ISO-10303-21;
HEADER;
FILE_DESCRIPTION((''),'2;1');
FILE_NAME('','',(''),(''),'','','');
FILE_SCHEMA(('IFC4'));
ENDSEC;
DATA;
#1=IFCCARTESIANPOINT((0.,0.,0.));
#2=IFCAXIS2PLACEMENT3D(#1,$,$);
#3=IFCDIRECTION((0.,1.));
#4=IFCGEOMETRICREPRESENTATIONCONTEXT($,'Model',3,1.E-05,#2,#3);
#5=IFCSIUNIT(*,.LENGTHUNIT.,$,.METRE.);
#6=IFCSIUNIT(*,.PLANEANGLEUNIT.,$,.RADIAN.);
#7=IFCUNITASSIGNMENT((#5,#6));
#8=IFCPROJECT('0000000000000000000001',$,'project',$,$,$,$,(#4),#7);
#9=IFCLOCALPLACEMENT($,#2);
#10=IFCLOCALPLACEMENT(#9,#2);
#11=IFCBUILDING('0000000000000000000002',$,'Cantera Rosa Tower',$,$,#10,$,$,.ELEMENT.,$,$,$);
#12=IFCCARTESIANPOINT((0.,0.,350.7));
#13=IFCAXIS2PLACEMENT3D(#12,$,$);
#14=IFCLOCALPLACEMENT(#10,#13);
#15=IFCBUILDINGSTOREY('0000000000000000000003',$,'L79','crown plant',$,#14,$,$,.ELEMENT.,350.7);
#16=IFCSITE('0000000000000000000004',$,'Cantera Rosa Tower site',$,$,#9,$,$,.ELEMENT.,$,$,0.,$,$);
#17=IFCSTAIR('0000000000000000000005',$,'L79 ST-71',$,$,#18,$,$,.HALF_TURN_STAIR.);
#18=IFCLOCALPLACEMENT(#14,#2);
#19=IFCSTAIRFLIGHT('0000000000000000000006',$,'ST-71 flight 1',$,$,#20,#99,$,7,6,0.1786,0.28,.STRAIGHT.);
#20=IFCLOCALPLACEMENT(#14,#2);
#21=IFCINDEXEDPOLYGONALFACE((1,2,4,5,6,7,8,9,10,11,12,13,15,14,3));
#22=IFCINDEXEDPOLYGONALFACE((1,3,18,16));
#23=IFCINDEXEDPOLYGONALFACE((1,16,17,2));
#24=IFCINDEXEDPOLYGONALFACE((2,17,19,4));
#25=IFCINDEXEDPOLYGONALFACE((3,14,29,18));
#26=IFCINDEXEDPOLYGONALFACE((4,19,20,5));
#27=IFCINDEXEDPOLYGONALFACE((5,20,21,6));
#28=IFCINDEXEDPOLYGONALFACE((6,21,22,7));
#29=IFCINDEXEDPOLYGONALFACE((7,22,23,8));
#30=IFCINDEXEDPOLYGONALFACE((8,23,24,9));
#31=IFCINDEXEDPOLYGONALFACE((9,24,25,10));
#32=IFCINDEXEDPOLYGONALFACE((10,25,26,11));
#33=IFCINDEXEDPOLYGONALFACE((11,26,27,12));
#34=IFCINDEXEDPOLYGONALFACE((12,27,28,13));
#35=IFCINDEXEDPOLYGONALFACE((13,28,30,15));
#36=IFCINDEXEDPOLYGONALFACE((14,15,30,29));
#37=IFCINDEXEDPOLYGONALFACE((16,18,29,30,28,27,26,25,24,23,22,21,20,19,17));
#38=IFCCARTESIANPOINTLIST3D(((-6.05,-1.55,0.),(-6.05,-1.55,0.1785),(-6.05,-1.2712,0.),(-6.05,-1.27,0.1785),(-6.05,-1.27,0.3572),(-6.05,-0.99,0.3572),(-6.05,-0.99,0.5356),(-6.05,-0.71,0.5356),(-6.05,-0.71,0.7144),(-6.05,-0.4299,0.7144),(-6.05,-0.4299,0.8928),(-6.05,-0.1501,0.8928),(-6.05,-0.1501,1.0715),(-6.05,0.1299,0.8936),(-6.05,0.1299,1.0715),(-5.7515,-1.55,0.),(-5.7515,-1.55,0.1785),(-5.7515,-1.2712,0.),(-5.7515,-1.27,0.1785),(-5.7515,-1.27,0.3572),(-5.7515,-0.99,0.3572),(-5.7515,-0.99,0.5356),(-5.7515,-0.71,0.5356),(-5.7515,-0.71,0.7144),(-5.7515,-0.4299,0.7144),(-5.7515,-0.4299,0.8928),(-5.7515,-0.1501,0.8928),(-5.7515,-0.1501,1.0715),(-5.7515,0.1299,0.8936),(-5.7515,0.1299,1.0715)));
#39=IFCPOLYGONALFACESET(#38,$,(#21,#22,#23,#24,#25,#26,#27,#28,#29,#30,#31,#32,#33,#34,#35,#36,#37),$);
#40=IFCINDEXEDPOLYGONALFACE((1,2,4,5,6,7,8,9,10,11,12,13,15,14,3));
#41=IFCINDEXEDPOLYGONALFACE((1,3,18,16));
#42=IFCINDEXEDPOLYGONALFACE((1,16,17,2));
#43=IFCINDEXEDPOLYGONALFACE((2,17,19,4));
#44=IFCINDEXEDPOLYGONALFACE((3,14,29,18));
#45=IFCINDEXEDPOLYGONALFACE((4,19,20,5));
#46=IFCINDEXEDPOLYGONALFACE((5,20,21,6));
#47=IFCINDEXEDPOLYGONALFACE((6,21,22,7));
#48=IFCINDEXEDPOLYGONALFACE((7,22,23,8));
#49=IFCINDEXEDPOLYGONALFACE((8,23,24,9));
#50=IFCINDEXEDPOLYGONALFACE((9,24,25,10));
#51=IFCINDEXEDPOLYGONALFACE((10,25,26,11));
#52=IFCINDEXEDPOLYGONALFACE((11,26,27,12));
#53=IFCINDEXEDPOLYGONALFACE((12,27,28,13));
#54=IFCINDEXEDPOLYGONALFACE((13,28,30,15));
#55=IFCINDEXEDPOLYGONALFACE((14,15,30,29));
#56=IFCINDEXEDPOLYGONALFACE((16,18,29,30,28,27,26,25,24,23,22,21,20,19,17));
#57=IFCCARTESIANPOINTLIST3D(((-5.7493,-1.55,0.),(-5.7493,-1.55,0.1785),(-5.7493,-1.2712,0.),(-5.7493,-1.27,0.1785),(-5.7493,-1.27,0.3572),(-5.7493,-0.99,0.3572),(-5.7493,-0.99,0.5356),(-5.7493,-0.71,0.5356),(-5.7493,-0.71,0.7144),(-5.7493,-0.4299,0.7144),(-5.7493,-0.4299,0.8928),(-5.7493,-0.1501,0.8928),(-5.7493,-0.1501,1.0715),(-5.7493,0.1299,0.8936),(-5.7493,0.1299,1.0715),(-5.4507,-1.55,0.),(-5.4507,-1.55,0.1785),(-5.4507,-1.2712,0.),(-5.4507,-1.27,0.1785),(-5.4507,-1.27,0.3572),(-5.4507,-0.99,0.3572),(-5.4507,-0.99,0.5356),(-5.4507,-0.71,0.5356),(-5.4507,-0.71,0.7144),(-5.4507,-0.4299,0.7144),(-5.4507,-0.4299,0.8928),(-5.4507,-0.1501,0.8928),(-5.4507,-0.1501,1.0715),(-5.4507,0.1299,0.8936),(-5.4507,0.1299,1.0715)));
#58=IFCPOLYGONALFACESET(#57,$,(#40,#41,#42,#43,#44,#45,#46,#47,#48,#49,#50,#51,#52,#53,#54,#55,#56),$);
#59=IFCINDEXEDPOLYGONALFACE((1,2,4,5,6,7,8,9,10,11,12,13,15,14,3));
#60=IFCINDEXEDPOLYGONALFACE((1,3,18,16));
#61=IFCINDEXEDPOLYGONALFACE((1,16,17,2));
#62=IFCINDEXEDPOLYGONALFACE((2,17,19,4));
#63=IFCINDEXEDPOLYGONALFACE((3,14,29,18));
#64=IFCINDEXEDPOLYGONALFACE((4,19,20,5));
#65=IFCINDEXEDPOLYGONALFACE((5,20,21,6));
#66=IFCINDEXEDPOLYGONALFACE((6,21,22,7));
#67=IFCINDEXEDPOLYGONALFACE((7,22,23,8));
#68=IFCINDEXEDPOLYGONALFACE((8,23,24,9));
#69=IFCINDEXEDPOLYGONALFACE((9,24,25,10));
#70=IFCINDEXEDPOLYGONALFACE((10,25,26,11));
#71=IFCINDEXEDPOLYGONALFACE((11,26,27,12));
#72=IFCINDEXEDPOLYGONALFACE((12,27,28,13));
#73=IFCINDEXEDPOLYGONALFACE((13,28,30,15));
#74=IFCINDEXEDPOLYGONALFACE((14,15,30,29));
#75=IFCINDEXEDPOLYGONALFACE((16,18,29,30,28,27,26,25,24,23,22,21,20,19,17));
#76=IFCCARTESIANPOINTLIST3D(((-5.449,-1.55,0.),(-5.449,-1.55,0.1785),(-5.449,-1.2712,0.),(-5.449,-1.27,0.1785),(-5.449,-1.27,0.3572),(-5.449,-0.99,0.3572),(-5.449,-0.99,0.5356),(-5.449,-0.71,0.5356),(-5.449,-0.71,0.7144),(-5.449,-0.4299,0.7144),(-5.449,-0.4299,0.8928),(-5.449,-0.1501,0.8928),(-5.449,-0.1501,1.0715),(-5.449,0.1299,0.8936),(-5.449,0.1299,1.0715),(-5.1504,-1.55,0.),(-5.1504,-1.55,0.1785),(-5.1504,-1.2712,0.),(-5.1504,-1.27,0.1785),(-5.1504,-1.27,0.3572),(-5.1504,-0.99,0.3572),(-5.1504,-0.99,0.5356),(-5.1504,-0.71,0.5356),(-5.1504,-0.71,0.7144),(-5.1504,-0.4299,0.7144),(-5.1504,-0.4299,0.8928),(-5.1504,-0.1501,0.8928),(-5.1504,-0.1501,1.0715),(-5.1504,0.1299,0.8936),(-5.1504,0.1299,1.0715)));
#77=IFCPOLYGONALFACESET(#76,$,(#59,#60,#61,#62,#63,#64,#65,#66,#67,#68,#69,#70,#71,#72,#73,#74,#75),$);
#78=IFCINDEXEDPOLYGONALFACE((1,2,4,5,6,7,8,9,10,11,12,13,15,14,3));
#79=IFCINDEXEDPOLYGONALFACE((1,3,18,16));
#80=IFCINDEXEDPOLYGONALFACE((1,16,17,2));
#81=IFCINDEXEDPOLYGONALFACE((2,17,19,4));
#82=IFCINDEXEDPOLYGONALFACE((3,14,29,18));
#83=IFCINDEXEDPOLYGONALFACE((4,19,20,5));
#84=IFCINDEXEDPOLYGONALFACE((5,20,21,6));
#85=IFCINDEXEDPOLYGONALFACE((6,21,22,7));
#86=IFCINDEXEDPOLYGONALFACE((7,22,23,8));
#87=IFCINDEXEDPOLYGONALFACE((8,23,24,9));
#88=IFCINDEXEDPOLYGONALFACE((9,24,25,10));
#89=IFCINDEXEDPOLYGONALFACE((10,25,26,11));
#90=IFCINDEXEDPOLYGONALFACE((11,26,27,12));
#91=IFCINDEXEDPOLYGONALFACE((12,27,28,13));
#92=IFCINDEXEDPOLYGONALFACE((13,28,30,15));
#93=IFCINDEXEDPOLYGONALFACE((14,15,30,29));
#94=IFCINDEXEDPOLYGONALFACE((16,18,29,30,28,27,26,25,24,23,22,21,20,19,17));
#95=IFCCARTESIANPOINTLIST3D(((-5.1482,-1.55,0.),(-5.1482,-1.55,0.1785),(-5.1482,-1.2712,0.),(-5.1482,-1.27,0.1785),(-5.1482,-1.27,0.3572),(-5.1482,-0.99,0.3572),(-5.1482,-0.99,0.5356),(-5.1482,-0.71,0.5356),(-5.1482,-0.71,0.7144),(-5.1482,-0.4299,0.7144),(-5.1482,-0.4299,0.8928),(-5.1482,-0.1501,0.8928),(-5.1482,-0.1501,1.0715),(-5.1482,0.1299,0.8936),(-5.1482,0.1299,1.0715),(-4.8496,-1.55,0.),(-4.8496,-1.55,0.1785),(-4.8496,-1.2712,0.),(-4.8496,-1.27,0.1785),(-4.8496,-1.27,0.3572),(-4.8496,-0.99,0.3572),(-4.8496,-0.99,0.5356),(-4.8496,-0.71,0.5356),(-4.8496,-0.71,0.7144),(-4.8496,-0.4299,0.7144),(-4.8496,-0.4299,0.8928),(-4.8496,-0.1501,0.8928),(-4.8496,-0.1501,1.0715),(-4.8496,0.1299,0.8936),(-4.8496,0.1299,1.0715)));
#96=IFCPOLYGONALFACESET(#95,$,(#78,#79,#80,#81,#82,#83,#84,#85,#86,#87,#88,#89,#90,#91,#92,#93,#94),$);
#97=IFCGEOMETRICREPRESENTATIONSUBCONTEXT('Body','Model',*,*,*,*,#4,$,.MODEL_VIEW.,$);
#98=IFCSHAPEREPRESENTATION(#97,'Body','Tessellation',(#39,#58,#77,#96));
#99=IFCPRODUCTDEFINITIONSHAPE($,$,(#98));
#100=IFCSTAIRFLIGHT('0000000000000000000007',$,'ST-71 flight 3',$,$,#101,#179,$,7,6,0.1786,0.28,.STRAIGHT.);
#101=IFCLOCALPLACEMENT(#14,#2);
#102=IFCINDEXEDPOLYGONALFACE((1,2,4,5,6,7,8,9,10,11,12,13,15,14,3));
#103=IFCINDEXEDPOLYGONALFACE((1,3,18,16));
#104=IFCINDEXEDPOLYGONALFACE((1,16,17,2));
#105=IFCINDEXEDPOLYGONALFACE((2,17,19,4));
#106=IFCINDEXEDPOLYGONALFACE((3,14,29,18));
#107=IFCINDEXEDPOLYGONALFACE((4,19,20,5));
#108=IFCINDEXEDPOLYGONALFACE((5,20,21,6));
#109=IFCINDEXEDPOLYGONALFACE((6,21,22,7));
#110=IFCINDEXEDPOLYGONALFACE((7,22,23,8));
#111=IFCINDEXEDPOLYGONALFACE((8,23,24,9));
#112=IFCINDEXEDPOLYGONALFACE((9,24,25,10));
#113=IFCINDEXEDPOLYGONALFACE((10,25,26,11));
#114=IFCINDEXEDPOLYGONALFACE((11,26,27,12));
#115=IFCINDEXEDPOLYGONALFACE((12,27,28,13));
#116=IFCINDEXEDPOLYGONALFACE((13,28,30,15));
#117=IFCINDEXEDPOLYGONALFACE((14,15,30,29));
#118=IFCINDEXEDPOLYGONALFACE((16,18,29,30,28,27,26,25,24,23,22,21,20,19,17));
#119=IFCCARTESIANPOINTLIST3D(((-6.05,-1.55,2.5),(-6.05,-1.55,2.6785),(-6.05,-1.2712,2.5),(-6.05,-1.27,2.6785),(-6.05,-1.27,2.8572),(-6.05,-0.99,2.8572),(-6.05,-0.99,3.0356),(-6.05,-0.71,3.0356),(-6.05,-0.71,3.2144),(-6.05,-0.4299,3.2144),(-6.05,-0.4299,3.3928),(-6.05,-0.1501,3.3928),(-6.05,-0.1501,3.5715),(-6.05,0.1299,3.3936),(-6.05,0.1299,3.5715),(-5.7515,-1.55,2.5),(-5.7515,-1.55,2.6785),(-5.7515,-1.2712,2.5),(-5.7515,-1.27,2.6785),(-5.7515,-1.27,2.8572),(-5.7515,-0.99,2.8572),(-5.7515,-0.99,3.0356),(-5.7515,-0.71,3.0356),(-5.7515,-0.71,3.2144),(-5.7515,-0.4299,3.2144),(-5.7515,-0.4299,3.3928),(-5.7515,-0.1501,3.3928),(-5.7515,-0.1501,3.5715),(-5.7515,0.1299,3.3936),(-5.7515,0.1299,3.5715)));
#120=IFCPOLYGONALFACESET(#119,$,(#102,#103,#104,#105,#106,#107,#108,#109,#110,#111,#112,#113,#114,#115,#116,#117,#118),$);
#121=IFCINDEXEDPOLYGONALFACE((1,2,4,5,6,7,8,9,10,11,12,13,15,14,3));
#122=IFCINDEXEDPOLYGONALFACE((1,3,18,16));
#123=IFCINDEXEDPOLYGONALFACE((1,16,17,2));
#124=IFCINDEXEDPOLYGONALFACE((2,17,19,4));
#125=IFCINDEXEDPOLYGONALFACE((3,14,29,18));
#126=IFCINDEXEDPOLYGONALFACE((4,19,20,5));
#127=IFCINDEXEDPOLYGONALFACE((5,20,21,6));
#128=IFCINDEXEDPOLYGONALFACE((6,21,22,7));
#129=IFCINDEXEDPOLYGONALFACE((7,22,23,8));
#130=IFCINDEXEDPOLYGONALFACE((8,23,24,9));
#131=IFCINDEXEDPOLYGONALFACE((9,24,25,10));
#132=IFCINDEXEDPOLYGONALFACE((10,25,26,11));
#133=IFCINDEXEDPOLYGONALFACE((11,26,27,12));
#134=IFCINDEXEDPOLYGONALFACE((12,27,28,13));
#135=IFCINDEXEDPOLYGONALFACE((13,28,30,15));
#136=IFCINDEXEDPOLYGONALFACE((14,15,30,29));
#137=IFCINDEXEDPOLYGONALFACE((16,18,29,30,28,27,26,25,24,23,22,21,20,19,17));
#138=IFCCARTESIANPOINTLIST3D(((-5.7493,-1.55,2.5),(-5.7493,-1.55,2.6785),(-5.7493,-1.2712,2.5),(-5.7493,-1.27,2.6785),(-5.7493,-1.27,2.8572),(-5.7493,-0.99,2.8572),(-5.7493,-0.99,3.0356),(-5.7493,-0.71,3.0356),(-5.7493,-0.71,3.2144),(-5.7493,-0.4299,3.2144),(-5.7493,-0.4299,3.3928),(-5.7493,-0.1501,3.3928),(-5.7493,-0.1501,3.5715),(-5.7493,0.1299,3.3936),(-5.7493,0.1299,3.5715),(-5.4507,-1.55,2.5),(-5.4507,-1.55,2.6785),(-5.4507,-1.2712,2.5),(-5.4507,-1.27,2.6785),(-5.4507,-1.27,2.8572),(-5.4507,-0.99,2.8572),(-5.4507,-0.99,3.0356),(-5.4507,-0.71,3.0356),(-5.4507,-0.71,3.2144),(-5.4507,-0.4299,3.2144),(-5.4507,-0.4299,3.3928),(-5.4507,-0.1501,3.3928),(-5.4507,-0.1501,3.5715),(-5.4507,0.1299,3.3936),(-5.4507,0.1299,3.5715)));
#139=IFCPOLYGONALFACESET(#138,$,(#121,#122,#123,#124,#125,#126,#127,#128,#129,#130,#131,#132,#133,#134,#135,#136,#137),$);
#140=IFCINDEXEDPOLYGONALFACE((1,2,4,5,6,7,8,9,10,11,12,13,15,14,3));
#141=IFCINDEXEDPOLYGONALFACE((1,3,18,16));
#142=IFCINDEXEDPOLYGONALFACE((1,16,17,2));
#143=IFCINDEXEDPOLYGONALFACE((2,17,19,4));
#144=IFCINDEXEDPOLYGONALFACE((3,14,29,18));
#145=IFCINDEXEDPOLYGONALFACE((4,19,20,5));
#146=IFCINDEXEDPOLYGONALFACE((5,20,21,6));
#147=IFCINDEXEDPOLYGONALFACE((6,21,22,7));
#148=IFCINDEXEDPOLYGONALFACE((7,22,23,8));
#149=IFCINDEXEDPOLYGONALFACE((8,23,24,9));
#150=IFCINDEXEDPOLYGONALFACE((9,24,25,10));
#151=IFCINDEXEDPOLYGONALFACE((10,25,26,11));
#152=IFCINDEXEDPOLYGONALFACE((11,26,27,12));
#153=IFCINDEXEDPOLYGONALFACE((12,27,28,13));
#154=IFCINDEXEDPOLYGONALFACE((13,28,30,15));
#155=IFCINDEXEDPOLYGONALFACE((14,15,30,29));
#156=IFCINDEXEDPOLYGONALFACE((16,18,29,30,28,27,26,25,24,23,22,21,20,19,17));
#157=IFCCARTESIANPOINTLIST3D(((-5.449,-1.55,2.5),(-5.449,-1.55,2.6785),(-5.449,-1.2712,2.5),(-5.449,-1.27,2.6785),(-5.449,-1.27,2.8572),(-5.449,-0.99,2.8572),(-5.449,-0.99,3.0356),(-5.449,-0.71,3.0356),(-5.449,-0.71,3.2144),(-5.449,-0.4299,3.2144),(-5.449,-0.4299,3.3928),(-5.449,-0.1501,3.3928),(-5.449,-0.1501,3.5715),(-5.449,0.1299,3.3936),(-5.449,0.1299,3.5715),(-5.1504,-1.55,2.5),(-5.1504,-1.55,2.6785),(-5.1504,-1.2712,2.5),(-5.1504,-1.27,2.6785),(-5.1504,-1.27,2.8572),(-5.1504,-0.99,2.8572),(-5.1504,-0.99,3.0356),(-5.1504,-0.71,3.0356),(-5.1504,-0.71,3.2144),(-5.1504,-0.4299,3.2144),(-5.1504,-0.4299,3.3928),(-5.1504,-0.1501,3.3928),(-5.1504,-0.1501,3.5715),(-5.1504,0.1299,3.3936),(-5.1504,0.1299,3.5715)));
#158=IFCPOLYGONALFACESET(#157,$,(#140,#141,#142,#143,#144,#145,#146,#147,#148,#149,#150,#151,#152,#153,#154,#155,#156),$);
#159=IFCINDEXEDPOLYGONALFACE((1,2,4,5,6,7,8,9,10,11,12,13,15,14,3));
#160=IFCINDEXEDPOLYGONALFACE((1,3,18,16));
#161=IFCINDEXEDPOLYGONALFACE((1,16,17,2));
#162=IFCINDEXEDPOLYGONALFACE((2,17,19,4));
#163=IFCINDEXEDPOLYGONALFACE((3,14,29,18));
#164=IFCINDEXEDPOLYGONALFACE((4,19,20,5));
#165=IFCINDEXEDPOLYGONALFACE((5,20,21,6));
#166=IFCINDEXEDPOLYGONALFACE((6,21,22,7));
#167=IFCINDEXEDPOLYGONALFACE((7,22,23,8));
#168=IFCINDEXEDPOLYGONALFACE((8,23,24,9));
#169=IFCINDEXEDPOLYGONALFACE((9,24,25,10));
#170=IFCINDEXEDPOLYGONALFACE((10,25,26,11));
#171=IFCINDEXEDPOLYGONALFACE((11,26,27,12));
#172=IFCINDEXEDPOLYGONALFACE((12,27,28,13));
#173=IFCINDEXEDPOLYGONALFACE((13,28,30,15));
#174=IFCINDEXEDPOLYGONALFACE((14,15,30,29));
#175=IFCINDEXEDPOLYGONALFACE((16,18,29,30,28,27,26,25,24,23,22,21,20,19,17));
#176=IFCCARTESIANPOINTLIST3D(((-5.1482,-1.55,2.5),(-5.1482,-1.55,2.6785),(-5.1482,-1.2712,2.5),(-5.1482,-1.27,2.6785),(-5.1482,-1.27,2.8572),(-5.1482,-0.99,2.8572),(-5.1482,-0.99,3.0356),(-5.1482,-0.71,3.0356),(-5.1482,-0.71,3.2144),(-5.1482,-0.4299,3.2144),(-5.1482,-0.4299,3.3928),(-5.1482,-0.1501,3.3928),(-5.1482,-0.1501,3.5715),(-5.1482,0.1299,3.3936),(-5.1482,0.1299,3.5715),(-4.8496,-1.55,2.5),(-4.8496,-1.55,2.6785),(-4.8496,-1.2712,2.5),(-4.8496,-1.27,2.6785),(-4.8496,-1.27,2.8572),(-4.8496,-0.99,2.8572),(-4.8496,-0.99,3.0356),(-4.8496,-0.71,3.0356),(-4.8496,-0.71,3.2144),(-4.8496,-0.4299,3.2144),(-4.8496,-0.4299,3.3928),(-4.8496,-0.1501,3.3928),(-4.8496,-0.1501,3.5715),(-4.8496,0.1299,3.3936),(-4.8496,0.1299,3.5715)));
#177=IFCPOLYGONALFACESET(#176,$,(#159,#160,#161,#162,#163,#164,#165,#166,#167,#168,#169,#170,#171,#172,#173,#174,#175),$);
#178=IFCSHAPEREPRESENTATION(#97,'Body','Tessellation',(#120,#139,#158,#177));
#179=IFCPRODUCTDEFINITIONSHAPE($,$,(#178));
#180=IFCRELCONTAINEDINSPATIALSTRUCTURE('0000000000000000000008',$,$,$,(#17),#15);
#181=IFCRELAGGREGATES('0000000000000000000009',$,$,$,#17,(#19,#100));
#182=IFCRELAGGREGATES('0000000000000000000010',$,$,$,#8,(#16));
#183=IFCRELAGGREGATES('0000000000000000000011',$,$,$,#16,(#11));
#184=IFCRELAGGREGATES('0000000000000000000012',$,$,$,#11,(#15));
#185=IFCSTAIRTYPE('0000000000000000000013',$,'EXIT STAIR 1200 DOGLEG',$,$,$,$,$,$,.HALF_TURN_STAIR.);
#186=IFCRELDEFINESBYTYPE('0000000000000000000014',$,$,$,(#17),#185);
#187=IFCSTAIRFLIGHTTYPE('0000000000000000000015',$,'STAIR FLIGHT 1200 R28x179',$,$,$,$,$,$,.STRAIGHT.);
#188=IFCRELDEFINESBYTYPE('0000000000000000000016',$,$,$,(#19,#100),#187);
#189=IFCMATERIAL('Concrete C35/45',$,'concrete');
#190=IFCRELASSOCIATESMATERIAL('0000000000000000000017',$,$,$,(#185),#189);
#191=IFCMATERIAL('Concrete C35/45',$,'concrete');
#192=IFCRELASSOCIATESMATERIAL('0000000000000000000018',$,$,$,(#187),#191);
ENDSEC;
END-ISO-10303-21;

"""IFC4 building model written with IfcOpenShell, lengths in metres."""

from ifc_helpers import new_model, si_unit, direction, frame, origin, place, context, subcontext, project, spatial, polyline, outline, extrude, material, type_object, element, aggregate, save


model = new_model("IFC4")

# Units and contexts
model_context = context("Model", 3, precision=1e-05, world=origin(), true_north=direction((0.0, 1.0)))
body_context = subcontext(model_context, "Body", "Model", "MODEL_VIEW")
ifc_project = project(units=[si_unit("LENGTHUNIT", "METRE"), si_unit("PLANEANGLEUNIT", "RADIAN")], contexts=[model_context])

# Site, building, storey
site_placement = place(None, origin())
site = spatial("IfcSite", under=ifc_project, at=site_placement, Name="Cantera Rosa Tower site", CompositionType="ELEMENT", RefElevation=0.0)
building_placement = place(site_placement, origin())
building = spatial("IfcBuilding", under=site, at=building_placement, Name="Cantera Rosa Tower", CompositionType="ELEMENT")
storey_placement = place(building_placement, frame((0.0, 0.0, 350.7)))
storey = spatial("IfcBuildingStorey", under=building, at=storey_placement, Name="L79", Description="crown plant", CompositionType="ELEMENT", Elevation=350.7)

# Stair
ifc_material_1 = material(Name="Concrete C35/45", Category="concrete")
stair_type = type_object("IfcStairType", Name="EXIT STAIR 1200 DOGLEG", PredefinedType="HALF_TURN_STAIR", material=ifc_material_1)
stair_1_placement = place(storey_placement, origin())
stair_1 = element("IfcStair", 1, at=stair_1_placement, inside=storey, type_object=stair_type, Name="L79 ST-71", PredefinedType="HALF_TURN_STAIR")

# Stair flights
ifc_material_2 = material(Name="Concrete C35/45", Category="concrete")
stair_flight_type = type_object("IfcStairFlightType", Name="STAIR FLIGHT 1200 R28x179", PredefinedType="STRAIGHT", material=ifc_material_2)
stair_flight_1_placement = place(storey_placement, frame((-5.45, -1.55, 0.0), z_axis=(0.0, 0.0, 1.0), x_axis=(0.0, 1.0, 0.0)))
stair_flight_1 = element("IfcStairFlight", 2, at=stair_flight_1_placement, type_object=stair_flight_type, Name="ST-71 flight 1", NumberOfRisers=7, NumberOfTreads=6, PredefinedType="STRAIGHT", RiserHeight=0.1786, TreadLength=0.28, context=body_context, shape_type="SweptSolid", body=[
    extrude(outline(polyline([(0.0, 0.0), (0.0, 0.1785), (0.28, 0.1785), (0.28, 0.3572), (0.5601, 0.3572), (0.5601, 0.5356), (0.8401, 0.5356), (0.8401, 0.7144), (1.1201, 0.7144), (1.1201, 0.8928), (1.3999, 0.8928), (1.3999, 1.0715), (1.6799, 1.0715), (1.6799, 1.25), (1.6799, 0.8936), (0.2788, 0.0), (0.0, 0.0)])), frame((0.0, 0.6001, 0.0), z_axis=(0.0, -1.0, 0.0), x_axis=(1.0, 0.0, 0.0)), (0.0, 0.0, 1.0), 0.2986),
    extrude(outline(polyline([(0.0, 0.0), (0.0, 0.1785), (0.28, 0.1785), (0.28, 0.3572), (0.5601, 0.3572), (0.5601, 0.5356), (0.8401, 0.5356), (0.8401, 0.7144), (1.1201, 0.7144), (1.1201, 0.8928), (1.3999, 0.8928), (1.3999, 1.0715), (1.6799, 1.0715), (1.6799, 1.25), (1.6799, 0.8936), (0.2788, 0.0), (0.0, 0.0)])), frame((0.0, 0.2993, 0.0), z_axis=(0.0, -1.0, 0.0), x_axis=(1.0, 0.0, 0.0)), (0.0, 0.0, 1.0), 0.2986),
    extrude(outline(polyline([(0.0, 0.0), (0.0, 0.1785), (0.28, 0.1785), (0.28, 0.3572), (0.5601, 0.3572), (0.5601, 0.5356), (0.8401, 0.5356), (0.8401, 0.7144), (1.1201, 0.7144), (1.1201, 0.8928), (1.3999, 0.8928), (1.3999, 1.0715), (1.6799, 1.0715), (1.6799, 1.25), (1.6799, 0.8936), (0.2788, 0.0), (0.0, 0.0)])), frame((0.0, -0.001, 0.0), z_axis=(0.0, -1.0, 0.0), x_axis=(1.0, 0.0, 0.0)), (0.0, 0.0, 1.0), 0.2986),
    extrude(outline(polyline([(0.0, 0.0), (0.0, 0.1785), (0.28, 0.1785), (0.28, 0.3572), (0.5601, 0.3572), (0.5601, 0.5356), (0.8401, 0.5356), (0.8401, 0.7144), (1.1201, 0.7144), (1.1201, 0.8928), (1.3999, 0.8928), (1.3999, 1.0715), (1.6799, 1.0715), (1.6799, 1.25), (1.6799, 0.8936), (0.2788, 0.0), (0.0, 0.0)])), frame((0.0, -0.3018, 0.0), z_axis=(0.0, -1.0, 0.0), x_axis=(1.0, 0.0, 0.0)), (0.0, 0.0, 1.0), 0.2986),
])
stair_flight_2_placement = place(storey_placement, frame((-5.45, -1.55, 2.5), z_axis=(0.0, 0.0, 1.0), x_axis=(0.0, 1.0, 0.0)))
stair_flight_2 = element("IfcStairFlight", 3, at=stair_flight_2_placement, type_object=stair_flight_type, Name="ST-71 flight 3", NumberOfRisers=7, NumberOfTreads=6, PredefinedType="STRAIGHT", RiserHeight=0.1786, TreadLength=0.28, context=body_context, shape_type="SweptSolid", body=[
    extrude(outline(polyline([(0.0, 0.0), (0.0, 0.1785), (0.28, 0.1785), (0.28, 0.3572), (0.5601, 0.3572), (0.5601, 0.5356), (0.8401, 0.5356), (0.8401, 0.7144), (1.1201, 0.7144), (1.1201, 0.8928), (1.3999, 0.8928), (1.3999, 1.0715), (1.6799, 1.0715), (1.6799, 1.25), (1.6799, 0.8936), (0.2788, 0.0), (0.0, 0.0)])), frame((0.0, 0.6001, 0.0), z_axis=(0.0, -1.0, 0.0), x_axis=(1.0, 0.0, 0.0)), (0.0, 0.0, 1.0), 0.2986),
    extrude(outline(polyline([(0.0, 0.0), (0.0, 0.1785), (0.28, 0.1785), (0.28, 0.3572), (0.5601, 0.3572), (0.5601, 0.5356), (0.8401, 0.5356), (0.8401, 0.7144), (1.1201, 0.7144), (1.1201, 0.8928), (1.3999, 0.8928), (1.3999, 1.0715), (1.6799, 1.0715), (1.6799, 1.25), (1.6799, 0.8936), (0.2788, 0.0), (0.0, 0.0)])), frame((0.0, 0.2993, 0.0), z_axis=(0.0, -1.0, 0.0), x_axis=(1.0, 0.0, 0.0)), (0.0, 0.0, 1.0), 0.2986),
    extrude(outline(polyline([(0.0, 0.0), (0.0, 0.1785), (0.28, 0.1785), (0.28, 0.3572), (0.5601, 0.3572), (0.5601, 0.5356), (0.8401, 0.5356), (0.8401, 0.7144), (1.1201, 0.7144), (1.1201, 0.8928), (1.3999, 0.8928), (1.3999, 1.0715), (1.6799, 1.0715), (1.6799, 1.25), (1.6799, 0.8936), (0.2788, 0.0), (0.0, 0.0)])), frame((0.0, -0.001, 0.0), z_axis=(0.0, -1.0, 0.0), x_axis=(1.0, 0.0, 0.0)), (0.0, 0.0, 1.0), 0.2986),
    extrude(outline(polyline([(0.0, 0.0), (0.0, 0.1785), (0.28, 0.1785), (0.28, 0.3572), (0.5601, 0.3572), (0.5601, 0.5356), (0.8401, 0.5356), (0.8401, 0.7144), (1.1201, 0.7144), (1.1201, 0.8928), (1.3999, 0.8928), (1.3999, 1.0715), (1.6799, 1.0715), (1.6799, 1.25), (1.6799, 0.8936), (0.2788, 0.0), (0.0, 0.0)])), frame((0.0, -0.3018, 0.0), z_axis=(0.0, -1.0, 0.0), x_axis=(1.0, 0.0, 0.0)), (0.0, 0.0, 1.0), 0.2986),
])
aggregate(stair_1, [stair_flight_1, stair_flight_2])

save(model, "model.ifc")
